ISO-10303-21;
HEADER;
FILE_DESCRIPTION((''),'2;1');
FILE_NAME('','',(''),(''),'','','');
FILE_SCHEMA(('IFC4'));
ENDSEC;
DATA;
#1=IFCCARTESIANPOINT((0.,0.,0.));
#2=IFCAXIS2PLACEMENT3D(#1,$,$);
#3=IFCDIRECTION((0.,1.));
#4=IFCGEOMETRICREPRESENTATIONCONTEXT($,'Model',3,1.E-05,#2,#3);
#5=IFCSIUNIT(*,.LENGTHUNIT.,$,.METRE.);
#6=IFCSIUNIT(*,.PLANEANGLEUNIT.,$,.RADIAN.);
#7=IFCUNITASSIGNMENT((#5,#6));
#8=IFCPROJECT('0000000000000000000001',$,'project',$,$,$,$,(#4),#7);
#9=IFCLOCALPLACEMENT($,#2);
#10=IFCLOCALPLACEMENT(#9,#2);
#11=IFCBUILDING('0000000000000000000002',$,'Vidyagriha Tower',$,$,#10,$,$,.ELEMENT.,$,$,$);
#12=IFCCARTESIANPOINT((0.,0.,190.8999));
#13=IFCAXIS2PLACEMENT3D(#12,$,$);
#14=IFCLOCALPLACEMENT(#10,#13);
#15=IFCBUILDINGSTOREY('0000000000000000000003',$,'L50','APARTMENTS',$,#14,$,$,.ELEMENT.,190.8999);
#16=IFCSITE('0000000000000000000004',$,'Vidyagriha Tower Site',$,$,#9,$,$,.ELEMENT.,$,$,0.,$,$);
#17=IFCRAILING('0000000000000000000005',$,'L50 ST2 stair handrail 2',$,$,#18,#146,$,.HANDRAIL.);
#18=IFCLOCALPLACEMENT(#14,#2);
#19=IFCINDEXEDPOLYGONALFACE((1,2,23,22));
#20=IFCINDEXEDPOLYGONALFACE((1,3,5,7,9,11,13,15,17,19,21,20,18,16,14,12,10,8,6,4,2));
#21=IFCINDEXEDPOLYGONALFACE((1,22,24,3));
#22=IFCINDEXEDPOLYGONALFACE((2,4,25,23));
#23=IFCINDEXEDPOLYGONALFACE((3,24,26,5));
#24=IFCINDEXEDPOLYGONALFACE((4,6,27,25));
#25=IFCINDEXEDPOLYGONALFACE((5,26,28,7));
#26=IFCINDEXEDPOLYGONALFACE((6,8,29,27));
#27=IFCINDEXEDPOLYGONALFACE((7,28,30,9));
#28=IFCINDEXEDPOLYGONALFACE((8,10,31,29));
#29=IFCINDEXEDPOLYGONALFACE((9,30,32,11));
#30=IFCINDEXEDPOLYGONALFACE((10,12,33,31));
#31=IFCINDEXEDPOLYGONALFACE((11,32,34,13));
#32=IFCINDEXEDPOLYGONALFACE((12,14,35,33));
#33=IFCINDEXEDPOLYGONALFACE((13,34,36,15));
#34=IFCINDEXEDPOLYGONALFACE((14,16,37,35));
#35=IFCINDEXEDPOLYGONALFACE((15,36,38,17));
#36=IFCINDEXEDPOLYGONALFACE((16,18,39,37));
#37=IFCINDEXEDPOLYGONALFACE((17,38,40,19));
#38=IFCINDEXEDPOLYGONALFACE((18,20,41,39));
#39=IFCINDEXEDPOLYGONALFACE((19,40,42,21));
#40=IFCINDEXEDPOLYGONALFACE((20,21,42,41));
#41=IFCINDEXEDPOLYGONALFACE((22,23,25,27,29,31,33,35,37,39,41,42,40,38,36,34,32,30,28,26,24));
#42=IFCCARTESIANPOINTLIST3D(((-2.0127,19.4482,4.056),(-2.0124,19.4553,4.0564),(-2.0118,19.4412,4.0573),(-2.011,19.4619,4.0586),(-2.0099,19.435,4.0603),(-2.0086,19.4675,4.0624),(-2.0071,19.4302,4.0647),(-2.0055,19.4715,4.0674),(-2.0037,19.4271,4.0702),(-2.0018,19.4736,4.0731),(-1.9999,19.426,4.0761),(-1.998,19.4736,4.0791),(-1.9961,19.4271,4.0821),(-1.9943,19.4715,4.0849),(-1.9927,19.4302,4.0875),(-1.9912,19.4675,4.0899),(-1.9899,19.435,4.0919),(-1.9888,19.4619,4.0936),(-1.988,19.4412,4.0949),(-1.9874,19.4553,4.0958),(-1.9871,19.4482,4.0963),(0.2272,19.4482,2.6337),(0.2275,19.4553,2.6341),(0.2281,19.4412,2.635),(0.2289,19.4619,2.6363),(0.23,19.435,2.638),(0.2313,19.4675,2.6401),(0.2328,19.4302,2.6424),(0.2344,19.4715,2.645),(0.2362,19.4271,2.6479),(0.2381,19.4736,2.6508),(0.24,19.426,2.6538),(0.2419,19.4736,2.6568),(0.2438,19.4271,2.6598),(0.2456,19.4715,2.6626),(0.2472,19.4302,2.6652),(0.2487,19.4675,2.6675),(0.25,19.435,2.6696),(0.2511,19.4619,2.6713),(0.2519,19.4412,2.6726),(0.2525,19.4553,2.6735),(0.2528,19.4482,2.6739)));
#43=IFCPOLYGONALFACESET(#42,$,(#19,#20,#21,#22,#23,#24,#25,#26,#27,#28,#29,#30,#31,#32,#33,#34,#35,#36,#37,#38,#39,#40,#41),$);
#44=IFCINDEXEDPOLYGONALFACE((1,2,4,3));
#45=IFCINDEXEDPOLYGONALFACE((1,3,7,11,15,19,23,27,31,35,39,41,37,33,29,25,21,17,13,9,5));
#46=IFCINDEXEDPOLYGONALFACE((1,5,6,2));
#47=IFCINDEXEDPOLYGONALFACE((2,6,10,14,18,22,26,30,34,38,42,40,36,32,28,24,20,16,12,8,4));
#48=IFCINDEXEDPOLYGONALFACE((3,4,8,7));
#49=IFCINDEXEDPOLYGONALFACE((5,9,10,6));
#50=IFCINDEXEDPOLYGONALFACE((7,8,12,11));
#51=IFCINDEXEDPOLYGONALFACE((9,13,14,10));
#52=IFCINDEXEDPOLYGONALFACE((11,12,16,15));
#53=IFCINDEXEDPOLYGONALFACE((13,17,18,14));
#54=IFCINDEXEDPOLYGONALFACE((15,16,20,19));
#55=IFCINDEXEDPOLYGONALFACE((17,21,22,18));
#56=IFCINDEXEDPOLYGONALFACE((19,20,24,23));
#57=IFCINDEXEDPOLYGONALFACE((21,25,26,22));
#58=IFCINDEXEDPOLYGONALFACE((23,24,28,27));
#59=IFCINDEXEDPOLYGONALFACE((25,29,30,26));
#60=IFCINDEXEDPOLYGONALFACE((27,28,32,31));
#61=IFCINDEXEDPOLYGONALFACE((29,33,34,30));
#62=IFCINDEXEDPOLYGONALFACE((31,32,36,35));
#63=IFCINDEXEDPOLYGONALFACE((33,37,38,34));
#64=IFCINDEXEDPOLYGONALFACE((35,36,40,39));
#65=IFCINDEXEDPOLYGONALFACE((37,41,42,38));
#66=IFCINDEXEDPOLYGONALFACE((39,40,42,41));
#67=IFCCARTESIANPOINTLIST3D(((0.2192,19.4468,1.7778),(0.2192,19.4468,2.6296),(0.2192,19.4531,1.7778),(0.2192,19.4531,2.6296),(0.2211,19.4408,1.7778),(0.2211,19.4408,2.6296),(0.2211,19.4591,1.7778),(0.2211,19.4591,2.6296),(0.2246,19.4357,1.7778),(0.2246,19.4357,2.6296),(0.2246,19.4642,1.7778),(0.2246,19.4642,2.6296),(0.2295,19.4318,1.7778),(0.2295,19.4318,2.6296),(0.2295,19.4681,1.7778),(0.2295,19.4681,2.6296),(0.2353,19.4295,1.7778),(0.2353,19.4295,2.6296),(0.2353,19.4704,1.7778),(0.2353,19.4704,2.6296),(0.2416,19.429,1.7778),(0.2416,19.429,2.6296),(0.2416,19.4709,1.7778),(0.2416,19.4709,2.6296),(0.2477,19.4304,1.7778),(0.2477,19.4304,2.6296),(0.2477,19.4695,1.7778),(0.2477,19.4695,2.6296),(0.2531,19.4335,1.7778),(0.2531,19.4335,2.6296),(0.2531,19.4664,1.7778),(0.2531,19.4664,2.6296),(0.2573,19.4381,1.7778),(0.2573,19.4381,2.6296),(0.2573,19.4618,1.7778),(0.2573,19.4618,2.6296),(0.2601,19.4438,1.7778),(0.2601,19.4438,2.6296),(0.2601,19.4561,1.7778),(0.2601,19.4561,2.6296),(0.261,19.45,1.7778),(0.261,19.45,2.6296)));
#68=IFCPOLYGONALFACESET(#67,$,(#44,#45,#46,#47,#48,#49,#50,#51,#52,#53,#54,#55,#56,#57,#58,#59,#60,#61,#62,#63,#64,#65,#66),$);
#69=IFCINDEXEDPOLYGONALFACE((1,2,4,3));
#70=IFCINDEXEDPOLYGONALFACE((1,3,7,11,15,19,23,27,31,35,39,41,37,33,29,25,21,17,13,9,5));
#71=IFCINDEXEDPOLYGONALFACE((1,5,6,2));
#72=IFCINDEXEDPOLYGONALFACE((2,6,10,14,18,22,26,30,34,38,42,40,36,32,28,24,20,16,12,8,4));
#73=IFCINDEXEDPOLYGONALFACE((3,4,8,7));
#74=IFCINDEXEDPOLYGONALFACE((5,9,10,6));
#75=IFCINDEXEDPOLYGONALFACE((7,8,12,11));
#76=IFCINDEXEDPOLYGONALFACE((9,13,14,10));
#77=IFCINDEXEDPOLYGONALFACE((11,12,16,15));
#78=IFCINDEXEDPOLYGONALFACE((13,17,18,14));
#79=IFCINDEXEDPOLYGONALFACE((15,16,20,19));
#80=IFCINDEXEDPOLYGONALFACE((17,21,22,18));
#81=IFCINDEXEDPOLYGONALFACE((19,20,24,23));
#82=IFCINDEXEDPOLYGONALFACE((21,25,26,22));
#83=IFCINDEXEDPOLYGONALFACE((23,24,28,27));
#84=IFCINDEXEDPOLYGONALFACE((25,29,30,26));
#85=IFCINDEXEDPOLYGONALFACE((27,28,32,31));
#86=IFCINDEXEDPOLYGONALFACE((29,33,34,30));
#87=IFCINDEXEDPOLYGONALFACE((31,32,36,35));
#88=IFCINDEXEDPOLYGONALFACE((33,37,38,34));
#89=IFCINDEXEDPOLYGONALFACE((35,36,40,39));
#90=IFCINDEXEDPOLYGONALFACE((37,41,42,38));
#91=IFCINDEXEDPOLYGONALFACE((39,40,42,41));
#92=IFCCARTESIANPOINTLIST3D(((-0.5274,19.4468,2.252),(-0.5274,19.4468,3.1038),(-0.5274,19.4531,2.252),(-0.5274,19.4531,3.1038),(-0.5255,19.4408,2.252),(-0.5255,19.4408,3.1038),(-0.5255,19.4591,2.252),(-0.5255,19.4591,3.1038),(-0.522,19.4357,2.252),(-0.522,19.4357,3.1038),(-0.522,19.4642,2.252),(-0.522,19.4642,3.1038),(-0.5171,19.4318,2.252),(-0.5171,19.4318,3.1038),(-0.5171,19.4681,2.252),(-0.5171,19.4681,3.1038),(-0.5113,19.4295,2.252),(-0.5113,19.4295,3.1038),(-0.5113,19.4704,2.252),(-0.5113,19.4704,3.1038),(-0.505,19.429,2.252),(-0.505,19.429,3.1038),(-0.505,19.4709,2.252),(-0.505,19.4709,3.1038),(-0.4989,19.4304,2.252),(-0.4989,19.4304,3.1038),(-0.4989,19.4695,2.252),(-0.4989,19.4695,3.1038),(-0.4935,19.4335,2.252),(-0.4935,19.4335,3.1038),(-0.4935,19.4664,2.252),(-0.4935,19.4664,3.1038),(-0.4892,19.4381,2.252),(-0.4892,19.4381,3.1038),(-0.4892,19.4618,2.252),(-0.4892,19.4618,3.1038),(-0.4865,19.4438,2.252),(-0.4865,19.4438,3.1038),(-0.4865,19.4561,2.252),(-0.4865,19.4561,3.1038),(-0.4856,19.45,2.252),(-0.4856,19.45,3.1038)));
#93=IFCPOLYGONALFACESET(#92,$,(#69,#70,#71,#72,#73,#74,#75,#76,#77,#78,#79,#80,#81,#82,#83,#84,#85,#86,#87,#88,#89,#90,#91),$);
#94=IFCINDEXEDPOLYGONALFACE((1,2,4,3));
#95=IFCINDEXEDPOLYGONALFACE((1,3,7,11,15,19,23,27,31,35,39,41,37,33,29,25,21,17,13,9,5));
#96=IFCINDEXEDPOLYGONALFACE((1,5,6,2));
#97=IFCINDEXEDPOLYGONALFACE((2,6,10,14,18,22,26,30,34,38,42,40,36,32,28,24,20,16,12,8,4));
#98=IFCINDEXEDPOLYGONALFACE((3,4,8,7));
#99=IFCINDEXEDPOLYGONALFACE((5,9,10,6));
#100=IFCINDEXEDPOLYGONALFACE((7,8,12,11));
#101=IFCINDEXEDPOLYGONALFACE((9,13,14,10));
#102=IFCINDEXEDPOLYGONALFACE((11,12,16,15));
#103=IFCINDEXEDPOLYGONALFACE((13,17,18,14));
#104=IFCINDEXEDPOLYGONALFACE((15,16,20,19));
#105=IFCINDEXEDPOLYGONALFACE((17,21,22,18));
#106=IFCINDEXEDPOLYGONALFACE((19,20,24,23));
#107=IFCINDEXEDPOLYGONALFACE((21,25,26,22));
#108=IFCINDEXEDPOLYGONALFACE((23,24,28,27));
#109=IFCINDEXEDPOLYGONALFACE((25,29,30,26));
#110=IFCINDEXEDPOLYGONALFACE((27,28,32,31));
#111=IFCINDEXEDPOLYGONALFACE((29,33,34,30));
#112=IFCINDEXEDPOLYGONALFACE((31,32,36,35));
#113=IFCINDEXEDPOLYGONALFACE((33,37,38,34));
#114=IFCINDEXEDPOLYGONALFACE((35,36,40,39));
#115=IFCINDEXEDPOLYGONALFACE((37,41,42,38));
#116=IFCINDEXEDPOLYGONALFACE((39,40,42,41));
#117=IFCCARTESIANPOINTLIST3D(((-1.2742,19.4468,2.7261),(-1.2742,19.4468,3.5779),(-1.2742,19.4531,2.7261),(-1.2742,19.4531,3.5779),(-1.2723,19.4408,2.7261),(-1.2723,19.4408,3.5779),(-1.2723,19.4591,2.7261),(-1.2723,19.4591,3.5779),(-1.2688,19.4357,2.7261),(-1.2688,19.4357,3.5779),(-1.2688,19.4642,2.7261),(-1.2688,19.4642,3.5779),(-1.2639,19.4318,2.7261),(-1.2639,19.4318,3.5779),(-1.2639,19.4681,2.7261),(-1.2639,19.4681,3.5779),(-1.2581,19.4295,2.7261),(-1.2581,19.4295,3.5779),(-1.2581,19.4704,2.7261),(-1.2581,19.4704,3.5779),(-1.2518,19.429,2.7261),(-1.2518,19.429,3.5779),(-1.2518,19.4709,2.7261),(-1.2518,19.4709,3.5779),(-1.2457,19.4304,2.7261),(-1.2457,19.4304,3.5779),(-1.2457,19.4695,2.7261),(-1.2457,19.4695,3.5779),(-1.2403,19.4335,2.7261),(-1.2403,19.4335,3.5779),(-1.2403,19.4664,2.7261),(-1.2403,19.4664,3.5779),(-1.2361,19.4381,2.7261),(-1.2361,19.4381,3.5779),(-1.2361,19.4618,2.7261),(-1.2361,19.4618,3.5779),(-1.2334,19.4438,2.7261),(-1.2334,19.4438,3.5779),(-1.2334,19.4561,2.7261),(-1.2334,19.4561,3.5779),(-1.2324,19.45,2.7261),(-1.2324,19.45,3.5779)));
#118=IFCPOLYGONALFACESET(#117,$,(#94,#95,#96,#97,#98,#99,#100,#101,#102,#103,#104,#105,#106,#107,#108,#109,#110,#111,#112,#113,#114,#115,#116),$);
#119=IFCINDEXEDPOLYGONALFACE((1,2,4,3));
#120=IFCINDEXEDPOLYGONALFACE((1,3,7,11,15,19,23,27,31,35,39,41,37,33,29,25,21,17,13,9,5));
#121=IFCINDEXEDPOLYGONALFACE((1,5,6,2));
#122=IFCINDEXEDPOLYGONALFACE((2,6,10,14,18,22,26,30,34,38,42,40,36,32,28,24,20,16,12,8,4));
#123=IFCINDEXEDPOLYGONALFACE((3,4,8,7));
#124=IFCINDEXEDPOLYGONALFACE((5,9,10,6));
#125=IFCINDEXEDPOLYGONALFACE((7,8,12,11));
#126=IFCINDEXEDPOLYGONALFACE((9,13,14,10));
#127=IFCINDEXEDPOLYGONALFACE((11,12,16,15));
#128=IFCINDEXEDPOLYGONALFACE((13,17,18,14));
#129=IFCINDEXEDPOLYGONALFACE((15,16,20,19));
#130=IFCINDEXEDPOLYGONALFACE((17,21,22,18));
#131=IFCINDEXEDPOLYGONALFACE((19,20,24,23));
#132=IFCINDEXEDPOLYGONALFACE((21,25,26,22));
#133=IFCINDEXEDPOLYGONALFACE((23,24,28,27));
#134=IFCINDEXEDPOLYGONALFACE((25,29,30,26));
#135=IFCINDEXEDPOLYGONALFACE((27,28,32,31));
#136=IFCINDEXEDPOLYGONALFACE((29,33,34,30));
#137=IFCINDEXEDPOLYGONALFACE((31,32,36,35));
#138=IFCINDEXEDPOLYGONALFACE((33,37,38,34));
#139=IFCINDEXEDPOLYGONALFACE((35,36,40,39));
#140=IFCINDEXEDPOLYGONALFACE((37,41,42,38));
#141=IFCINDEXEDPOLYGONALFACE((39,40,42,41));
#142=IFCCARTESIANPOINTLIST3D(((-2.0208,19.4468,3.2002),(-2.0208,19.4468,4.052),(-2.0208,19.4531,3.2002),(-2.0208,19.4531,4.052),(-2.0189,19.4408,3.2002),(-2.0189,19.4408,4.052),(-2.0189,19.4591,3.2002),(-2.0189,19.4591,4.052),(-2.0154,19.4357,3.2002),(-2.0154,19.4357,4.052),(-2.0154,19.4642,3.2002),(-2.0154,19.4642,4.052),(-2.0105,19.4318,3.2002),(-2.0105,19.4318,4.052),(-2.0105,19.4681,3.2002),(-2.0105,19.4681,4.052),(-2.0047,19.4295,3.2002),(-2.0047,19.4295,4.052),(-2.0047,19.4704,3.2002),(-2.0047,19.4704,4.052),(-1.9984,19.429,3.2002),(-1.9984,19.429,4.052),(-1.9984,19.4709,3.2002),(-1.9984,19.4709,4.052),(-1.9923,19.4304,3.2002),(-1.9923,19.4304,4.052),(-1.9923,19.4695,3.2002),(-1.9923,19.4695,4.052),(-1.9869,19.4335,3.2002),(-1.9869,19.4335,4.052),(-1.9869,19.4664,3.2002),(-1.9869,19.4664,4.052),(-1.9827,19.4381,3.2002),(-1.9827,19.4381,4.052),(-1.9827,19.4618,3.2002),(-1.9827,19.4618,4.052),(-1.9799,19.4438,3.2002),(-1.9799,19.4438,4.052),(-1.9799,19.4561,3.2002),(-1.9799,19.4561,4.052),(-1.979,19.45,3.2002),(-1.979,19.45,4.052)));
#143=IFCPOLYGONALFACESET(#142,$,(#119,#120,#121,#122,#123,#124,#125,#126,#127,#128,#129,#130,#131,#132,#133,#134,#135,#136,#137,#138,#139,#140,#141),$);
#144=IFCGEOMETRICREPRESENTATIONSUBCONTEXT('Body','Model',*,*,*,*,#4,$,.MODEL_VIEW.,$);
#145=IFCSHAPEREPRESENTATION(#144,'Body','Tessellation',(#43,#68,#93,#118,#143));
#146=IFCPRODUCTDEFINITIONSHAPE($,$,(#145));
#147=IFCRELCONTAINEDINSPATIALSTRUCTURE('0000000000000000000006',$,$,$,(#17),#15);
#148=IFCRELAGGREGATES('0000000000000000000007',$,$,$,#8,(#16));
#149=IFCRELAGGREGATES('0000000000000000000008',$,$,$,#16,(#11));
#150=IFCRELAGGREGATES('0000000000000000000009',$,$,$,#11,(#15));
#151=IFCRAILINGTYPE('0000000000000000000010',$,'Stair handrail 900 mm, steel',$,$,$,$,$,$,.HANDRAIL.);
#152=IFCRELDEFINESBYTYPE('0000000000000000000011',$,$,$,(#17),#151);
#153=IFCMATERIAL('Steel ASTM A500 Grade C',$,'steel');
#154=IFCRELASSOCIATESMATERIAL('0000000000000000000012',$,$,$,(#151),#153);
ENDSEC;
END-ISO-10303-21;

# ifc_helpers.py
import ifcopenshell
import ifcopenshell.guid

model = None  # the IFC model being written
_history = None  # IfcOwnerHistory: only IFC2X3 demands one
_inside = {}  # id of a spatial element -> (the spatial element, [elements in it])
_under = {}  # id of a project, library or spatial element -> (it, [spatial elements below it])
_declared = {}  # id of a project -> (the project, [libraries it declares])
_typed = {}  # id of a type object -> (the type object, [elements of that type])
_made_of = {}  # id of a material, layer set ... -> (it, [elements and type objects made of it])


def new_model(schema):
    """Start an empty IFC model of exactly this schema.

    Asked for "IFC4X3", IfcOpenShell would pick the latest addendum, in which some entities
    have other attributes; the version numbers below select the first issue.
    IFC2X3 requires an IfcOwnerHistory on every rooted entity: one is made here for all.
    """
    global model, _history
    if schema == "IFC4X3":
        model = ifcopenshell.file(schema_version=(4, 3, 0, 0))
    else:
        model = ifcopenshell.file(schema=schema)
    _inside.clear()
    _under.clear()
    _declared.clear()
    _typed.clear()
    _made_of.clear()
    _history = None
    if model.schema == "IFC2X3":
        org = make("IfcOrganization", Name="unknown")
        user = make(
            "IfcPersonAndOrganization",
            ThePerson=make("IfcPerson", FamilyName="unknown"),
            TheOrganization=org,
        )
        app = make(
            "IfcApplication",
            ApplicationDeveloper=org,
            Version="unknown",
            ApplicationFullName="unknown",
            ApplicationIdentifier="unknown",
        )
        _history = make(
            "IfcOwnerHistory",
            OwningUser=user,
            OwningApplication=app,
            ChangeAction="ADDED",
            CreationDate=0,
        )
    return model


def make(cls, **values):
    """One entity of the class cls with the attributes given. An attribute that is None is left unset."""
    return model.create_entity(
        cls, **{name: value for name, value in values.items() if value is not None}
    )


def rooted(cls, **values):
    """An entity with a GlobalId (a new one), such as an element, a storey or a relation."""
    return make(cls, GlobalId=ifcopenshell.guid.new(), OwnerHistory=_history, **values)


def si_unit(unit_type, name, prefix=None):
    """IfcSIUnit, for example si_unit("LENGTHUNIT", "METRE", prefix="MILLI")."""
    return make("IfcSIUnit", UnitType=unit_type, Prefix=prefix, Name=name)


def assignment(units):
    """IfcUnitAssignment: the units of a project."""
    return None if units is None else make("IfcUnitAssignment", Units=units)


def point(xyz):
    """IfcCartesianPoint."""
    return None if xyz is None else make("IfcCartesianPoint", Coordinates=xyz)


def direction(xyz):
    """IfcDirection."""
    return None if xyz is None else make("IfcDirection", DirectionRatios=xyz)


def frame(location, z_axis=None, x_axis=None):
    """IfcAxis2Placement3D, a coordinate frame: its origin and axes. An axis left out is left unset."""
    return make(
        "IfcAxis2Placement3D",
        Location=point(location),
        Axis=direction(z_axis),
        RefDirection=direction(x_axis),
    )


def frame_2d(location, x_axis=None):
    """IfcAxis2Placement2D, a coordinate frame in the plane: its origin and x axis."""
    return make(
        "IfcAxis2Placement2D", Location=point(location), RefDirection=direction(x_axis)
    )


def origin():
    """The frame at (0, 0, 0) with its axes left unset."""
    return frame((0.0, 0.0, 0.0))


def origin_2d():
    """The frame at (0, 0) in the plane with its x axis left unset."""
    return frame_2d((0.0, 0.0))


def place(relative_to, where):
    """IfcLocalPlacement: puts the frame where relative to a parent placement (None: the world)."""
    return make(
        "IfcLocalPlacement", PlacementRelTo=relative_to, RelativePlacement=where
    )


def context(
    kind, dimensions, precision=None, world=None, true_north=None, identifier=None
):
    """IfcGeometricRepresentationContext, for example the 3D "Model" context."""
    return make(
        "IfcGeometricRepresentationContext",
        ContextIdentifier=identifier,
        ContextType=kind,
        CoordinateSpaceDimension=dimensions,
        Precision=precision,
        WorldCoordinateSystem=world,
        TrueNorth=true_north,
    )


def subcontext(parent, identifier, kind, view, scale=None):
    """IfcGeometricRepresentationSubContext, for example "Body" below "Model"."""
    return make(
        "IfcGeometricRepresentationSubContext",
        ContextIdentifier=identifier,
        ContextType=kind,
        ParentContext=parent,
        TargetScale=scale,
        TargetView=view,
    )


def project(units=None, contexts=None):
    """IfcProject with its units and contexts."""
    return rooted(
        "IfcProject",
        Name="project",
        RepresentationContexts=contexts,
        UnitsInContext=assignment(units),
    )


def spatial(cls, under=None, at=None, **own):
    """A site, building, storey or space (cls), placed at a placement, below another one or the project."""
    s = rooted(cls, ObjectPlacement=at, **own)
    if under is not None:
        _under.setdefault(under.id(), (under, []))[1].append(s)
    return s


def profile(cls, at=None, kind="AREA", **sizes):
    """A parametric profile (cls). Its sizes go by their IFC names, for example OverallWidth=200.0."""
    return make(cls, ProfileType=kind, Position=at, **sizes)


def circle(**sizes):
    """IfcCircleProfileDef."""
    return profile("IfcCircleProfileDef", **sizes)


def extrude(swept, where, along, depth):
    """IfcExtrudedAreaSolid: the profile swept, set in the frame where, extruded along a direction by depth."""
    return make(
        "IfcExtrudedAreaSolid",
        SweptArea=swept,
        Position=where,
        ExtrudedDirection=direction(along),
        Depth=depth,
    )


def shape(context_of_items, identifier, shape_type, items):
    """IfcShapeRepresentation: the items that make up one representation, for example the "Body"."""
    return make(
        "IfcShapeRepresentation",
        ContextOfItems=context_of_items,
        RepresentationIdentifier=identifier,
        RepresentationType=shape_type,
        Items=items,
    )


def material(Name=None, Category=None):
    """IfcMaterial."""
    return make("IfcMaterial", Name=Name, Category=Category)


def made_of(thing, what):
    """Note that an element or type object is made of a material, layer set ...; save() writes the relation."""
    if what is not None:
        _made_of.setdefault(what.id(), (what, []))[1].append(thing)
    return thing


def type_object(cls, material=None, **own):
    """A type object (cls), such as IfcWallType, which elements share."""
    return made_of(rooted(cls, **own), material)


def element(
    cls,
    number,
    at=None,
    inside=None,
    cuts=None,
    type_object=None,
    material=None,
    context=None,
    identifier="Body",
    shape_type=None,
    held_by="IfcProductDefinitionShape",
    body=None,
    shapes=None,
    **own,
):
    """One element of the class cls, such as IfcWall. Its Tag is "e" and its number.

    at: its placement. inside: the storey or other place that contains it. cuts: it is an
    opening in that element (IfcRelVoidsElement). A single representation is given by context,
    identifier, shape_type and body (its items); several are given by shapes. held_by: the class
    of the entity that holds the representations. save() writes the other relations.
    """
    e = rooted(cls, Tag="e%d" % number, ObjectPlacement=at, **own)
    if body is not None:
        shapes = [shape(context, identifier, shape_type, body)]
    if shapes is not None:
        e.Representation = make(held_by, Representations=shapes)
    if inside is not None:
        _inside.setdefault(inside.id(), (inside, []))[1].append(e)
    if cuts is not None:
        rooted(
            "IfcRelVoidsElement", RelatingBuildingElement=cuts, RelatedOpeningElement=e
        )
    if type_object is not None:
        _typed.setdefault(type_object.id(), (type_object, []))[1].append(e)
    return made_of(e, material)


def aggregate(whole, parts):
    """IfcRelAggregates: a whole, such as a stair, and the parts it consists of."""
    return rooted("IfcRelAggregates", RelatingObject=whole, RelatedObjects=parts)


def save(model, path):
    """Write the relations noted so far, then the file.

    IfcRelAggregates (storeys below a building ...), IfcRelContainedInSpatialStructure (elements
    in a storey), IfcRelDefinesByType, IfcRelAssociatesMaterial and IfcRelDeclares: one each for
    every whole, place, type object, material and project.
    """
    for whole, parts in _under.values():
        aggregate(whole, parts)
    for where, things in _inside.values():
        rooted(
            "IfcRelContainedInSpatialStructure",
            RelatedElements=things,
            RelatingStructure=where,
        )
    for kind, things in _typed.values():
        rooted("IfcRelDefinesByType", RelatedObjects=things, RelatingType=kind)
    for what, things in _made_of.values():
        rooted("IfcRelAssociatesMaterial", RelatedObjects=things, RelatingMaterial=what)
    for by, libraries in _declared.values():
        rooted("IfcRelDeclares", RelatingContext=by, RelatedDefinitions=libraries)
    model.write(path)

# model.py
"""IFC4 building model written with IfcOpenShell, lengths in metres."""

from ifc_helpers import new_model, si_unit, direction, frame, origin, origin_2d, place, context, subcontext, project, spatial, circle, extrude, material, type_object, element, save


model = new_model("IFC4")

# Units and contexts
model_context = context("Model", 3, precision=1e-05, world=origin(), true_north=direction((0.0, 1.0)))
body_context = subcontext(model_context, "Body", "Model", "MODEL_VIEW")
ifc_project = project(units=[si_unit("LENGTHUNIT", "METRE"), si_unit("PLANEANGLEUNIT", "RADIAN")], contexts=[model_context])

# Site, building, storey
site_placement = place(None, origin())
site = spatial("IfcSite", under=ifc_project, at=site_placement, Name="Vidyagriha Tower Site", CompositionType="ELEMENT", RefElevation=0.0)
building_placement = place(site_placement, origin())
building = spatial("IfcBuilding", under=site, at=building_placement, Name="Vidyagriha Tower", CompositionType="ELEMENT")
storey_placement = place(building_placement, frame((0.0, 0.0, 190.8999)))
storey = spatial("IfcBuildingStorey", under=building, at=storey_placement, Name="L50", Description="APARTMENTS", CompositionType="ELEMENT", Elevation=190.8999)

# Railing
ifc_material_1 = material(Name="Steel ASTM A500 Grade C", Category="steel")
railing_type_1 = type_object("IfcRailingType", Name="Stair handrail 900 mm, steel", PredefinedType="HANDRAIL", material=ifc_material_1)
railing_1_placement = place(storey_placement, frame((0.24, 19.45, 1.7778)))
element("IfcRailing", 1, at=railing_1_placement, inside=storey, type_object=railing_type_1, Name="L50 ST2 stair handrail 2", PredefinedType="HANDRAIL", context=body_context, shape_type="SweptSolid", body=[
    extrude(circle(Radius=0.0239, at=origin_2d()), frame((0.0, 0.0, 0.876), z_axis=(-0.844188, 0.0, 0.536048), x_axis=(0.0, -1.0, 0.0)), (0.0, 0.0, 1.0), 2.6533),
    extrude(circle(Radius=0.021, at=origin_2d()), origin(), (0.0, 0.0, 1.0), 0.8518),
    extrude(circle(Radius=0.021, at=origin_2d()), frame((-0.7466, 0.0, 0.4741)), (0.0, 0.0, 1.0), 0.8518),
    extrude(circle(Radius=0.021, at=origin_2d()), frame((-1.4934, 0.0, 0.9482)), (0.0, 0.0, 1.0), 0.8518),
    extrude(circle(Radius=0.021, at=origin_2d()), frame((-2.24, 0.0, 1.4224)), (0.0, 0.0, 1.0), 0.8518),
])

save(model, "model.ifc")
